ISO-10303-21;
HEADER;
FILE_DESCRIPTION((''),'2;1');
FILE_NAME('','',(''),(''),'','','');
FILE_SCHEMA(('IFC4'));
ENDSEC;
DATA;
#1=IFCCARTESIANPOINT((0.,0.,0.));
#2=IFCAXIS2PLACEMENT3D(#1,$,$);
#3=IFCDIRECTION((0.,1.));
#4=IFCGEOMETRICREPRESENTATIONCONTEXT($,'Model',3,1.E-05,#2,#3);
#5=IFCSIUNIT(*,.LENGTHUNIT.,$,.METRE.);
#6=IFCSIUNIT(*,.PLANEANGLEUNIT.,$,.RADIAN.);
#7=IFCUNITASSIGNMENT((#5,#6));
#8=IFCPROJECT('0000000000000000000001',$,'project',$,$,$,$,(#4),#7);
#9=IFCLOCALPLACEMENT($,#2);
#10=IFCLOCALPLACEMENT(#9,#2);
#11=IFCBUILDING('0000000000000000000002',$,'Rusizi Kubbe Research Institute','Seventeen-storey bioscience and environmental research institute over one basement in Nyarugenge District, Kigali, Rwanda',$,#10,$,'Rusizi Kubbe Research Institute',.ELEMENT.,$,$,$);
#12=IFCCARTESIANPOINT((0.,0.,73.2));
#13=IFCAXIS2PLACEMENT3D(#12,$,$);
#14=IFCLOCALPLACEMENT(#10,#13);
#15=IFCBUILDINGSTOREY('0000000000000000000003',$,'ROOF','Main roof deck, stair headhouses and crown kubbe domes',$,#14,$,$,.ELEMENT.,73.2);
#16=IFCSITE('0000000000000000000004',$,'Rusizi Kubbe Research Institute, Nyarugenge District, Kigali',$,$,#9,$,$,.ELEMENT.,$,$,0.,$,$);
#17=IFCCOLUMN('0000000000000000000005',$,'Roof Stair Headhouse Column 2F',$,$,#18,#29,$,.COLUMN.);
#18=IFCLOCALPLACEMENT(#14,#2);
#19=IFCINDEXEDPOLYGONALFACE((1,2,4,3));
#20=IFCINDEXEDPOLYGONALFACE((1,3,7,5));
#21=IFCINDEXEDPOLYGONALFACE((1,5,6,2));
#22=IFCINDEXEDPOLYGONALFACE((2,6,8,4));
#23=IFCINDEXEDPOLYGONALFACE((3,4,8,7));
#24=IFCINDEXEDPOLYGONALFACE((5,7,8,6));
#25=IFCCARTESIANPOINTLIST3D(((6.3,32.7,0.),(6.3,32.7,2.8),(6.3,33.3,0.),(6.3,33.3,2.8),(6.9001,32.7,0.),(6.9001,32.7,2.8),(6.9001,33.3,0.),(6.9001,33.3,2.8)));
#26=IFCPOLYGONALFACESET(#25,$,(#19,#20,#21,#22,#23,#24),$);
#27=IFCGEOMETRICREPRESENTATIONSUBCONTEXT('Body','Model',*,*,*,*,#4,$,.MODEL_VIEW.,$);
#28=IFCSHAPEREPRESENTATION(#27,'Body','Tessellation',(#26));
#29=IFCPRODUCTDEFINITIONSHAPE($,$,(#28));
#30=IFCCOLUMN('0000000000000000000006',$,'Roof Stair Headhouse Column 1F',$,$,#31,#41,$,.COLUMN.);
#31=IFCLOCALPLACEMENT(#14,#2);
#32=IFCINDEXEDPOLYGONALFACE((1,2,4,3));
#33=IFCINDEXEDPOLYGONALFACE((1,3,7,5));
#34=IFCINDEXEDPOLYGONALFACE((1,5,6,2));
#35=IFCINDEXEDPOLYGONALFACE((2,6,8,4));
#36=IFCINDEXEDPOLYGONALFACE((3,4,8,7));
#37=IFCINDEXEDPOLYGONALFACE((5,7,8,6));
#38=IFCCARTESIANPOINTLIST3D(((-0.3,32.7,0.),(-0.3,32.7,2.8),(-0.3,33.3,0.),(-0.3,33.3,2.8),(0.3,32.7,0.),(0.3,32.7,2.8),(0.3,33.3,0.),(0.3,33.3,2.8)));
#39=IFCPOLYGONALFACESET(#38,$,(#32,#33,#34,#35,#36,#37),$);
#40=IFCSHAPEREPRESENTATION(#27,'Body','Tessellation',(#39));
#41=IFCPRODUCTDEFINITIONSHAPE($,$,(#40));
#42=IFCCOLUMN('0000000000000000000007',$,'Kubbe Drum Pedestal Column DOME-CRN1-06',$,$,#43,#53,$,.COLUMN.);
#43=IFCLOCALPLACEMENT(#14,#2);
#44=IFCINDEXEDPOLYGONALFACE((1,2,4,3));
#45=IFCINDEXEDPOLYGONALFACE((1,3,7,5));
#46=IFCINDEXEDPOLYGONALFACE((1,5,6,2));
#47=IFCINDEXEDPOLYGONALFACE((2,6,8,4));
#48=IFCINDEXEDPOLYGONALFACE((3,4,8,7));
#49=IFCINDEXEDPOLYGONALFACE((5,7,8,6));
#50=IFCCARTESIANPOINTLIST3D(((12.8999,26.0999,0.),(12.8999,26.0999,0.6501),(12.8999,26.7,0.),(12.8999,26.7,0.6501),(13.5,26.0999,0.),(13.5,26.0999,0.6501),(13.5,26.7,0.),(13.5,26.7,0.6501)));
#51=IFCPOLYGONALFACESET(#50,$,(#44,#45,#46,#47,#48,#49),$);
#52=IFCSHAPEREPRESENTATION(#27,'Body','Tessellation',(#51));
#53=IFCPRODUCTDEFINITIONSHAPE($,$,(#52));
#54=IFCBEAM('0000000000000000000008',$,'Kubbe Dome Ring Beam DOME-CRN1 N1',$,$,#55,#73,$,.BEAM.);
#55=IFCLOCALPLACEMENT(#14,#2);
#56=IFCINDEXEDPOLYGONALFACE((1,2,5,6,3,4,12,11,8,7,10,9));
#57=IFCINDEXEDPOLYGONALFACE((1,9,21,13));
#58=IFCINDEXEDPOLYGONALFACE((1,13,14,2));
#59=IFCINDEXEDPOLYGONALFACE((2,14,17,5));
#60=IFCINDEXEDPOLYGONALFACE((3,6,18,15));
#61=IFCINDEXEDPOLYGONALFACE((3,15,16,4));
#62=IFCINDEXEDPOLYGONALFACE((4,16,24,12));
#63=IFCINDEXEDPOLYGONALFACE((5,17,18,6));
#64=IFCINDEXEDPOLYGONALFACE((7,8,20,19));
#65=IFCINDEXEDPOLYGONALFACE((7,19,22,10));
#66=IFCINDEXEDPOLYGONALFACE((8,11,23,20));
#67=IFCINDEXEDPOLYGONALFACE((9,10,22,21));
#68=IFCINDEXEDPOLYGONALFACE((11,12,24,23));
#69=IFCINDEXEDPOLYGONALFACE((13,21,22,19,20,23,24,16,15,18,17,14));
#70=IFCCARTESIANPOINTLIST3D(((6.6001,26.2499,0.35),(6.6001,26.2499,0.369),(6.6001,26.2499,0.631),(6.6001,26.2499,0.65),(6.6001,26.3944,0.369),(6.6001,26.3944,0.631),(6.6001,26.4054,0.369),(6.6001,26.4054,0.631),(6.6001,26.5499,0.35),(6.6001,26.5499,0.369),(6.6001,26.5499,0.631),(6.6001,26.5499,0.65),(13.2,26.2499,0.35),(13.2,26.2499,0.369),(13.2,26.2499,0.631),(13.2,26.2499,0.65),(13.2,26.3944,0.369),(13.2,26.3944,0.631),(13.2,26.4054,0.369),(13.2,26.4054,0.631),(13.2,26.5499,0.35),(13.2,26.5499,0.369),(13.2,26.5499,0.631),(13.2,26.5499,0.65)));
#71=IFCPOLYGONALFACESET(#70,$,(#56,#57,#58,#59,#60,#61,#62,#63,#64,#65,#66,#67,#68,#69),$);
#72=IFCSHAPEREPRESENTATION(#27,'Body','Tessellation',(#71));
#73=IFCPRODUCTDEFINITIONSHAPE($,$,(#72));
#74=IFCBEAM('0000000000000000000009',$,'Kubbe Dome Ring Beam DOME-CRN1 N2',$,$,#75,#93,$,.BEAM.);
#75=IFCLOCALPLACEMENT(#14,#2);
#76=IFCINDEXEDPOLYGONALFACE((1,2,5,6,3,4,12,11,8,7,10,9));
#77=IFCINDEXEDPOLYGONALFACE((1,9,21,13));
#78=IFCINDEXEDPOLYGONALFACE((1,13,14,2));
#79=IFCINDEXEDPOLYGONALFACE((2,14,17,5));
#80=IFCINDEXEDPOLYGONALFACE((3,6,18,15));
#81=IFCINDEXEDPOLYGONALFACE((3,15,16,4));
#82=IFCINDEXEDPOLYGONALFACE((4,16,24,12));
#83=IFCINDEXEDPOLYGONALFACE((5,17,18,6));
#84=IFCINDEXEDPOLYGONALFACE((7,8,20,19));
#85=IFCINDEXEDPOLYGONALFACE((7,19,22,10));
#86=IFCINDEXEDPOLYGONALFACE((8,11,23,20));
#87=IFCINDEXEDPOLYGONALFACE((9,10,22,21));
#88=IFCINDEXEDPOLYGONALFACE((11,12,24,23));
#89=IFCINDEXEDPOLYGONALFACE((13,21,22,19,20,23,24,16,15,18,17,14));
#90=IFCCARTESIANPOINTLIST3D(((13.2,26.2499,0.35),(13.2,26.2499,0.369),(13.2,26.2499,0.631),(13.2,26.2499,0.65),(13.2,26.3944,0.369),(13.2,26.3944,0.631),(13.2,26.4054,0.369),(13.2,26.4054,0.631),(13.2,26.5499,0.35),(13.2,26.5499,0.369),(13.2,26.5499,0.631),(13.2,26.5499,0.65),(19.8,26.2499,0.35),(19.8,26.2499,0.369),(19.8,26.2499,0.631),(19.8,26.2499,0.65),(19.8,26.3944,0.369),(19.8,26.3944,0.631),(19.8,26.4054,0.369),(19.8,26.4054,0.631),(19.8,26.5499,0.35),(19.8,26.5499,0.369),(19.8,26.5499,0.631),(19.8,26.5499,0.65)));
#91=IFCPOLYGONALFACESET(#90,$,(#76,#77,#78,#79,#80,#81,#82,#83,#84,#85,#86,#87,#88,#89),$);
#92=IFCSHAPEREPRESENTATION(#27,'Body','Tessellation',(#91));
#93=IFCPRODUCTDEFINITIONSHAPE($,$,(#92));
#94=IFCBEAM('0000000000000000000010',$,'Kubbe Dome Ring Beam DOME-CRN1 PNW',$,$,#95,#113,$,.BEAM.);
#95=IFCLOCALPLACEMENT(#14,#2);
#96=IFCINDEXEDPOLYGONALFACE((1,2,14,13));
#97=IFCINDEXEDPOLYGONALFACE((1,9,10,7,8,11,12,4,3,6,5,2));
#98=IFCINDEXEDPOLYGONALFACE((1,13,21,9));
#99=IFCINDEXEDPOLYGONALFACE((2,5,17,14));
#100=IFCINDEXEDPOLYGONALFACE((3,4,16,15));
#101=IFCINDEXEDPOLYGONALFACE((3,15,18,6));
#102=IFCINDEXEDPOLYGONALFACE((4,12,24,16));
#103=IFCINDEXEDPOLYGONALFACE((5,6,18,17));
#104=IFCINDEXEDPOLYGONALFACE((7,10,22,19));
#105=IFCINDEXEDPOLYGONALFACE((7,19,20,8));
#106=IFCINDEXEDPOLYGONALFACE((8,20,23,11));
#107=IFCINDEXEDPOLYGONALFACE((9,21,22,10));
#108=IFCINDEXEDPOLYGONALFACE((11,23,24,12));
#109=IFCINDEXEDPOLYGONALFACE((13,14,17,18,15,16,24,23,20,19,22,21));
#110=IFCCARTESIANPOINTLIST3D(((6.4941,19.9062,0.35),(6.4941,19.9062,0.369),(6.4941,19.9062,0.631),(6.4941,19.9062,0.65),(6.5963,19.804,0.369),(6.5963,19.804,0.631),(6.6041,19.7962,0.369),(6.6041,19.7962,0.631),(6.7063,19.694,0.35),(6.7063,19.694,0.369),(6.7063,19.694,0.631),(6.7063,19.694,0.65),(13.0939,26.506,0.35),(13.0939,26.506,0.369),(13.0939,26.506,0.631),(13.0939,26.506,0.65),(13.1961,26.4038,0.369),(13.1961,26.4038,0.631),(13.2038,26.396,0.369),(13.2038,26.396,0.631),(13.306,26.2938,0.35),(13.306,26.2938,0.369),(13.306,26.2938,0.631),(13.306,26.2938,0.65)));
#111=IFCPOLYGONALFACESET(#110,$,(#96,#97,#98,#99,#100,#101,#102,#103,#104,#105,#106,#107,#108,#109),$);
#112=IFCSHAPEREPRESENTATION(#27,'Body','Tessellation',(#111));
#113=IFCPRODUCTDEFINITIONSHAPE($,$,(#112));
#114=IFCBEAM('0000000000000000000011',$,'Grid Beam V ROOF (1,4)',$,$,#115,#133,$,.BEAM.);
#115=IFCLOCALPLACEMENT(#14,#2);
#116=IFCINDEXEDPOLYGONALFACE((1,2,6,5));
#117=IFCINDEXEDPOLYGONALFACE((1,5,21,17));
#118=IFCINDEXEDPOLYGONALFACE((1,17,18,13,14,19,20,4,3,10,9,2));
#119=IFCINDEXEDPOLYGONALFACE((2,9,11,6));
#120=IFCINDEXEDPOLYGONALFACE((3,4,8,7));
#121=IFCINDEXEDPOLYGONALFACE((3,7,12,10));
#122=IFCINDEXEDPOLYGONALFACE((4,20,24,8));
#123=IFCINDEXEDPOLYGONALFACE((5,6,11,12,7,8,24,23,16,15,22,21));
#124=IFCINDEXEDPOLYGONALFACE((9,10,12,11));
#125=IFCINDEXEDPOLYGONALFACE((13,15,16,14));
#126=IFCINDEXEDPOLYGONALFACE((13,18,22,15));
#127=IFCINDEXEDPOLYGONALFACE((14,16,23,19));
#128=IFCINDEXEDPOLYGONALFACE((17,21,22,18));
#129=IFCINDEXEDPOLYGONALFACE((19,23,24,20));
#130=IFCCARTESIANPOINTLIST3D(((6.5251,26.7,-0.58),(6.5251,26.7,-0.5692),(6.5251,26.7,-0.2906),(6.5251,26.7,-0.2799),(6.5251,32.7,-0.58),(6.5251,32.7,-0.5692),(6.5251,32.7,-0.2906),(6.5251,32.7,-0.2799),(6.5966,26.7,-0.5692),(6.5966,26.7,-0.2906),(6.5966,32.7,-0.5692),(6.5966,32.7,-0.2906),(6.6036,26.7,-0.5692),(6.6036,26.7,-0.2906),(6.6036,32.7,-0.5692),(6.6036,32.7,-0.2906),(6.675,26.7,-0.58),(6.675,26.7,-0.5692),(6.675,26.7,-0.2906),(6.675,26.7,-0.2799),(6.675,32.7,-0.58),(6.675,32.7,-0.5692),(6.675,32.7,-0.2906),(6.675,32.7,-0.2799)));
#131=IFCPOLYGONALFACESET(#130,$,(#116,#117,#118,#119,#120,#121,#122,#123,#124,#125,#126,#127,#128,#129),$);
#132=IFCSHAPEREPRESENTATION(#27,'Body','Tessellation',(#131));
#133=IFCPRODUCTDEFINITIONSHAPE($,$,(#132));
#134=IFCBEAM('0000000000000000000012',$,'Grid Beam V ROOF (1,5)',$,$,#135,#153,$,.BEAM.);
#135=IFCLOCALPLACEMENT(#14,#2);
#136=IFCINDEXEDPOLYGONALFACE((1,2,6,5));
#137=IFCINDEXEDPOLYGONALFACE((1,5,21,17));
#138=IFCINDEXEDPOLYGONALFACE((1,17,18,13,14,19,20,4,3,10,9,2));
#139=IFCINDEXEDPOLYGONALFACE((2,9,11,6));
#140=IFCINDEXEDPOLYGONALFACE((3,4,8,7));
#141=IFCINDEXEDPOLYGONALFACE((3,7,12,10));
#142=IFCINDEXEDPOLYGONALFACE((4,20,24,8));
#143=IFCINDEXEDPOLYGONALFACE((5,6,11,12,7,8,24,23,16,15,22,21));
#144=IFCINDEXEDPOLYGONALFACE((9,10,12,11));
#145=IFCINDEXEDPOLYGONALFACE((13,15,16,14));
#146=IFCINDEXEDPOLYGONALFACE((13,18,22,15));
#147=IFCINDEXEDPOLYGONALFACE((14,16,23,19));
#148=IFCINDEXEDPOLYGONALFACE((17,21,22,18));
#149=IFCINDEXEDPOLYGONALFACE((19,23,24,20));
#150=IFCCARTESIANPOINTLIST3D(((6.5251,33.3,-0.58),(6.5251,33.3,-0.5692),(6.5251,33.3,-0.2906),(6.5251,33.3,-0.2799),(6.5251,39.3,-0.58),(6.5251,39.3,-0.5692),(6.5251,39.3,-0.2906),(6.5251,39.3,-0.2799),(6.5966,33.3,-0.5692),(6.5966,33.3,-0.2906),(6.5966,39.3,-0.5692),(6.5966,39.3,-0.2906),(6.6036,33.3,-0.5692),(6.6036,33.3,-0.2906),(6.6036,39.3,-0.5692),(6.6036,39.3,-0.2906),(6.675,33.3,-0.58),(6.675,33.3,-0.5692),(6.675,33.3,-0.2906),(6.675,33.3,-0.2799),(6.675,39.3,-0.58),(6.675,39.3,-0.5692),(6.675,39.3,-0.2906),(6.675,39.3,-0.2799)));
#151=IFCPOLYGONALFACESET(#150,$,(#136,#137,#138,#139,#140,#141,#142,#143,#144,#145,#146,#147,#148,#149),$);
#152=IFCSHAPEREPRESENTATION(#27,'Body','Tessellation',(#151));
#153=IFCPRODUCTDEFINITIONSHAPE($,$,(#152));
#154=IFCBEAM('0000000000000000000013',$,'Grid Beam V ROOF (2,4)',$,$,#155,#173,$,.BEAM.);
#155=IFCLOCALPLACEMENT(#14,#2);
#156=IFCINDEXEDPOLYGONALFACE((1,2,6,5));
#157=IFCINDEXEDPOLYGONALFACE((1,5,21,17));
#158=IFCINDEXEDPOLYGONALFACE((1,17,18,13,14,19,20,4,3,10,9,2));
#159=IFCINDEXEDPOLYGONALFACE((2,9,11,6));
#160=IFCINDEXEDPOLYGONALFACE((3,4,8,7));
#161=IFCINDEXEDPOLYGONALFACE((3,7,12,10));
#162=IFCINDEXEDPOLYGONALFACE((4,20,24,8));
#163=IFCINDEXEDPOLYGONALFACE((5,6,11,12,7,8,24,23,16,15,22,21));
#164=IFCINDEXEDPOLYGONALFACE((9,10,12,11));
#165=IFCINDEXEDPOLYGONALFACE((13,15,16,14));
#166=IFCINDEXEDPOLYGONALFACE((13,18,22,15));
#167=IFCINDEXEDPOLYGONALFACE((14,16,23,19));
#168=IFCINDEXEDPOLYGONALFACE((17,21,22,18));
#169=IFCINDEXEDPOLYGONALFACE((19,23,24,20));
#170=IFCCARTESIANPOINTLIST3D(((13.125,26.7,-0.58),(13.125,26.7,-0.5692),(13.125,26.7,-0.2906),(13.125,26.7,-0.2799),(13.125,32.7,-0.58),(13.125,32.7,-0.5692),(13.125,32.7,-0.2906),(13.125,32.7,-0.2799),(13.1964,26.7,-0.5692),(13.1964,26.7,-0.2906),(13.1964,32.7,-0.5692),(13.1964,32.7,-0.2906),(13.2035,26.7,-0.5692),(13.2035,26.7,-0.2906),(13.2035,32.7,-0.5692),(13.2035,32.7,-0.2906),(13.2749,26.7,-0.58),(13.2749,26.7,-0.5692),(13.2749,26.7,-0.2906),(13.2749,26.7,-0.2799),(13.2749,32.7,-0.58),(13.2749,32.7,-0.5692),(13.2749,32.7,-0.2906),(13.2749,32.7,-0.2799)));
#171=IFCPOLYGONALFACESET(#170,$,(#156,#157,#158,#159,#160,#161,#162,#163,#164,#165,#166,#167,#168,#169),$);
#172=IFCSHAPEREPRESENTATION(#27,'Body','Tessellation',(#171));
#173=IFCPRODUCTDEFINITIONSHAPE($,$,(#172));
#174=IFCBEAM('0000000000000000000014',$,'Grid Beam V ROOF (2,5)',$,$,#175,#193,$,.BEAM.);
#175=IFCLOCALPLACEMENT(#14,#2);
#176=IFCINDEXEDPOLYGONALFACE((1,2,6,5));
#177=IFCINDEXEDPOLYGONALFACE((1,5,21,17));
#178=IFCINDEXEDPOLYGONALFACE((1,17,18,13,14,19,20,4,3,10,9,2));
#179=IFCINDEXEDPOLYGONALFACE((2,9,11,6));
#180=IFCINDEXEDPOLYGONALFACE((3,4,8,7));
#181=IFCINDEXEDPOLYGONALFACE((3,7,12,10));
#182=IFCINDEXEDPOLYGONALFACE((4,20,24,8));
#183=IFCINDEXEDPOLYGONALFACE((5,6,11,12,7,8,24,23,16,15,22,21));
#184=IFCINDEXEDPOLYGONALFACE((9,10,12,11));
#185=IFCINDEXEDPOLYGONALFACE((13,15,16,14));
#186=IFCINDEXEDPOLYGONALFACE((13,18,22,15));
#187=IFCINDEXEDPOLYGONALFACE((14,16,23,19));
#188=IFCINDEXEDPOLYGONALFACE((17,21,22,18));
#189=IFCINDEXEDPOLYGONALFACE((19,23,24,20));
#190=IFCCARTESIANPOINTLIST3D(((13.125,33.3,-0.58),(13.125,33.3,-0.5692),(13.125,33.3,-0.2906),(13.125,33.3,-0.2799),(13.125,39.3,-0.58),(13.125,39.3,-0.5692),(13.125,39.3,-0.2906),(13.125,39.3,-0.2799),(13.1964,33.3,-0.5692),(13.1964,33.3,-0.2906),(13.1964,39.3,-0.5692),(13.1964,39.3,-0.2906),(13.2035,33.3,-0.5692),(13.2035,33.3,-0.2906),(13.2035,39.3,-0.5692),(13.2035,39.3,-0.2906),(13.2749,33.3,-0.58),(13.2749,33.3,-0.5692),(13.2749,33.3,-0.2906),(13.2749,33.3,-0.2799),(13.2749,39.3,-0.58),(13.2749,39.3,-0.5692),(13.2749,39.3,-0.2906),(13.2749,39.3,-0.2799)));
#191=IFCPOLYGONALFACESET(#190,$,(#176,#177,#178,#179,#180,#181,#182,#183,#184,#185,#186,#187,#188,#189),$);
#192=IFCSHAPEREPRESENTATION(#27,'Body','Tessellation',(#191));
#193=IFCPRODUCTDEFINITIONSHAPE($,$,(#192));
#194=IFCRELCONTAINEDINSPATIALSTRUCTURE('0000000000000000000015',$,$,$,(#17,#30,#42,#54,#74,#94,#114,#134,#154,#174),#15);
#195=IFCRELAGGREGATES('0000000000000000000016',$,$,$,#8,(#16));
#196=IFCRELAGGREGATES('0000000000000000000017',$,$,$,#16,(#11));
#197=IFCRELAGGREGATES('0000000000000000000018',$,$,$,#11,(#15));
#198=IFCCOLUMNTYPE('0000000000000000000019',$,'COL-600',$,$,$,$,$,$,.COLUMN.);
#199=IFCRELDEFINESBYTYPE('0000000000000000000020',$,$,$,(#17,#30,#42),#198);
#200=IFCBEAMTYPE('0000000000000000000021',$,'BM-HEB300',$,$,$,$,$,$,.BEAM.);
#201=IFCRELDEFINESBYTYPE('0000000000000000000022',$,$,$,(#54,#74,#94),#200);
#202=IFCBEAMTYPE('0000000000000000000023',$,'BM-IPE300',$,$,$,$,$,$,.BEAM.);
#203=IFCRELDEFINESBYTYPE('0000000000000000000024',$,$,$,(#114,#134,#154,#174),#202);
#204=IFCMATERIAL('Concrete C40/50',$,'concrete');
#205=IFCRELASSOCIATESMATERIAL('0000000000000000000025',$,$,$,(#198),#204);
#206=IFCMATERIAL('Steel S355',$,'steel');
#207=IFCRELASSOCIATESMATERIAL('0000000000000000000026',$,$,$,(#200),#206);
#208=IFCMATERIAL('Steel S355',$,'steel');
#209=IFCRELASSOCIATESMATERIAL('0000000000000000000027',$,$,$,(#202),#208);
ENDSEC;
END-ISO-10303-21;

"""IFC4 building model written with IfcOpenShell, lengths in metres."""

from ifc_helpers import new_model, si_unit, direction, frame, origin, origin_2d, place, context, subcontext, project, spatial, rectangle, i_section, extrude, material, material_profile, profile_set, type_object, element, save


model = new_model("IFC4")

# Units and contexts
model_context = context("Model", 3, precision=1e-05, world=origin(), true_north=direction((0.0, 1.0)))
body_context = subcontext(model_context, "Body", "Model", "MODEL_VIEW")
ifc_project = project(units=[si_unit("LENGTHUNIT", "METRE"), si_unit("PLANEANGLEUNIT", "RADIAN")], contexts=[model_context])

# Site, building, storey
site_placement = place(None, origin())
site = spatial("IfcSite", under=ifc_project, at=site_placement, Name="Rusizi Kubbe Research Institute, Nyarugenge District, Kigali", CompositionType="ELEMENT", RefElevation=0.0)
building_placement = place(site_placement, origin())
building = spatial("IfcBuilding", under=site, at=building_placement, Name="Rusizi Kubbe Research Institute", Description="Seventeen-storey bioscience and environmental research institute over one basement in Nyarugenge District, Kigali, Rwanda", LongName="Rusizi Kubbe Research Institute", CompositionType="ELEMENT")
storey_placement = place(building_placement, frame((0.0, 0.0, 73.2)))
storey = spatial("IfcBuildingStorey", under=building, at=storey_placement, Name="ROOF", Description="Main roof deck, stair headhouses and crown kubbe domes", CompositionType="ELEMENT", Elevation=73.2)

# Columns
ifc_material_1 = material(Name="Concrete C40/50", Category="concrete")
ifc_material_profile_1 = material_profile(ifc_material_1, rectangle(XDim=0.6001, YDim=0.6001, at=origin_2d()), Name="RC600x600")
ifc_profile_set_1 = profile_set([ifc_material_profile_1], Name="Concrete C40/50")
column_type = type_object("IfcColumnType", Name="COL-600", PredefinedType="COLUMN", material=ifc_profile_set_1)
for number, where, z_axis, x_axis, name in (
    (1, (6.6001, 33.0, 0.0), (0.0, 0.0, 1.0), (1.0, 0.0, 0.0), "Roof Stair Headhouse Column 2F"),
    (2, (0.0, 33.0, 0.0), (0.0, 0.0, 1.0), (1.0, 0.0, 0.0), "Roof Stair Headhouse Column 1F"),
):
    element("IfcColumn", number, at=place(storey_placement, frame(where, z_axis=z_axis, x_axis=x_axis)), inside=storey, type_object=column_type, Name=name, PredefinedType="COLUMN", context=body_context, shape_type="SweptSolid", body=[
        extrude(rectangle(XDim=0.6001, YDim=0.6001, at=origin_2d()), origin(), (0.0, 0.0, 1.0), 2.8),
    ])
column_placement = place(storey_placement, frame((13.2, 26.3999, 0.0), z_axis=(0.0, 0.0, 1.0), x_axis=(1.0, 0.0, 0.0)))
element("IfcColumn", 3, at=column_placement, inside=storey, type_object=column_type, Name="Kubbe Drum Pedestal Column DOME-CRN1-06", PredefinedType="COLUMN", context=body_context, shape_type="SweptSolid", body=[
    extrude(rectangle(XDim=0.6001, YDim=0.6001, at=origin_2d()), origin(), (0.0, 0.0, 1.0), 0.6501),
])

# Beams
ifc_material_2 = material(Name="Steel S355", Category="steel")
ifc_material_profile_2 = material_profile(ifc_material_2, i_section(OverallWidth=0.3, OverallDepth=0.3, WebThickness=0.011, FlangeThickness=0.019, at=origin_2d()), Name="HEB 300")
ifc_profile_set_2 = profile_set([ifc_material_profile_2], Name="Steel S355")
beam_type_1 = type_object("IfcBeamType", Name="BM-HEB300", PredefinedType="BEAM", material=ifc_profile_set_2)
beam_1_placement = place(storey_placement, frame((6.6001, 26.3999, 0.5), z_axis=(1.0, 0.0, 0.0), x_axis=(0.0, 1.0, 0.0)))
element("IfcBeam", 4, at=beam_1_placement, inside=storey, type_object=beam_type_1, Name="Kubbe Dome Ring Beam DOME-CRN1 N1", PredefinedType="BEAM", context=body_context, shape_type="SweptSolid", body=[
    extrude(i_section(OverallWidth=0.3, OverallDepth=0.3, WebThickness=0.011, FlangeThickness=0.019, at=origin_2d()), origin(), (0.0, 0.0, 1.0), 6.5999),
])
beam_2_placement = place(storey_placement, frame((13.2, 26.3999, 0.5), z_axis=(1.0, 0.0, 0.0), x_axis=(0.0, 1.0, 0.0)))
element("IfcBeam", 5, at=beam_2_placement, inside=storey, type_object=beam_type_1, Name="Kubbe Dome Ring Beam DOME-CRN1 N2", PredefinedType="BEAM", context=body_context, shape_type="SweptSolid", body=[
    extrude(i_section(OverallWidth=0.3, OverallDepth=0.3, WebThickness=0.011, FlangeThickness=0.019, at=origin_2d()), origin(), (0.0, 0.0, 1.0), 6.6001),
])
beam_3_placement = place(storey_placement, frame((13.2, 26.3999, 0.5), z_axis=(-0.707107, -0.707107, 0.0), x_axis=(0.707107, -0.707107, 0.0)))
element("IfcBeam", 6, at=beam_3_placement, inside=storey, type_object=beam_type_1, Name="Kubbe Dome Ring Beam DOME-CRN1 PNW", PredefinedType="BEAM", context=body_context, shape_type="SweptSolid", body=[
    extrude(i_section(OverallWidth=0.3, OverallDepth=0.3, WebThickness=0.011, FlangeThickness=0.019, at=origin_2d()), origin(), (0.0, 0.0, 1.0), 9.3335),
])
ifc_material_3 = material(Name="Steel S355", Category="steel")
ifc_material_profile_3 = material_profile(ifc_material_3, i_section(OverallWidth=0.1499, OverallDepth=0.3, WebThickness=0.0071, FlangeThickness=0.0107, at=origin_2d()), Name="IPE 300")
ifc_profile_set_3 = profile_set([ifc_material_profile_3], Name="Steel S355")
beam_type_2 = type_object("IfcBeamType", Name="BM-IPE300", PredefinedType="BEAM", material=ifc_profile_set_3)
for number, where, z_axis, x_axis, name in (
    (7, (6.6001, 26.7, -0.4299), (0.0, 1.0, 0.0), (-1.0, 0.0, 0.0), "Grid Beam V ROOF (1,4)"),
    (8, (6.6001, 33.3, -0.4299), (0.0, 1.0, 0.0), (-1.0, 0.0, 0.0), "Grid Beam V ROOF (1,5)"),
    (9, (13.2, 26.7, -0.4299), (0.0, 1.0, 0.0), (-1.0, 0.0, 0.0), "Grid Beam V ROOF (2,4)"),
    (10, (13.2, 33.3, -0.4299), (0.0, 1.0, 0.0), (-1.0, 0.0, 0.0), "Grid Beam V ROOF (2,5)"),
):
    element("IfcBeam", number, at=place(storey_placement, frame(where, z_axis=z_axis, x_axis=x_axis)), inside=storey, type_object=beam_type_2, Name=name, PredefinedType="BEAM", context=body_context, shape_type="SweptSolid", body=[
        extrude(i_section(OverallWidth=0.1499, OverallDepth=0.3, WebThickness=0.0071, FlangeThickness=0.0107, at=origin_2d()), origin(), (0.0, 0.0, 1.0), 6.0),
    ])

save(model, "model.ifc")
